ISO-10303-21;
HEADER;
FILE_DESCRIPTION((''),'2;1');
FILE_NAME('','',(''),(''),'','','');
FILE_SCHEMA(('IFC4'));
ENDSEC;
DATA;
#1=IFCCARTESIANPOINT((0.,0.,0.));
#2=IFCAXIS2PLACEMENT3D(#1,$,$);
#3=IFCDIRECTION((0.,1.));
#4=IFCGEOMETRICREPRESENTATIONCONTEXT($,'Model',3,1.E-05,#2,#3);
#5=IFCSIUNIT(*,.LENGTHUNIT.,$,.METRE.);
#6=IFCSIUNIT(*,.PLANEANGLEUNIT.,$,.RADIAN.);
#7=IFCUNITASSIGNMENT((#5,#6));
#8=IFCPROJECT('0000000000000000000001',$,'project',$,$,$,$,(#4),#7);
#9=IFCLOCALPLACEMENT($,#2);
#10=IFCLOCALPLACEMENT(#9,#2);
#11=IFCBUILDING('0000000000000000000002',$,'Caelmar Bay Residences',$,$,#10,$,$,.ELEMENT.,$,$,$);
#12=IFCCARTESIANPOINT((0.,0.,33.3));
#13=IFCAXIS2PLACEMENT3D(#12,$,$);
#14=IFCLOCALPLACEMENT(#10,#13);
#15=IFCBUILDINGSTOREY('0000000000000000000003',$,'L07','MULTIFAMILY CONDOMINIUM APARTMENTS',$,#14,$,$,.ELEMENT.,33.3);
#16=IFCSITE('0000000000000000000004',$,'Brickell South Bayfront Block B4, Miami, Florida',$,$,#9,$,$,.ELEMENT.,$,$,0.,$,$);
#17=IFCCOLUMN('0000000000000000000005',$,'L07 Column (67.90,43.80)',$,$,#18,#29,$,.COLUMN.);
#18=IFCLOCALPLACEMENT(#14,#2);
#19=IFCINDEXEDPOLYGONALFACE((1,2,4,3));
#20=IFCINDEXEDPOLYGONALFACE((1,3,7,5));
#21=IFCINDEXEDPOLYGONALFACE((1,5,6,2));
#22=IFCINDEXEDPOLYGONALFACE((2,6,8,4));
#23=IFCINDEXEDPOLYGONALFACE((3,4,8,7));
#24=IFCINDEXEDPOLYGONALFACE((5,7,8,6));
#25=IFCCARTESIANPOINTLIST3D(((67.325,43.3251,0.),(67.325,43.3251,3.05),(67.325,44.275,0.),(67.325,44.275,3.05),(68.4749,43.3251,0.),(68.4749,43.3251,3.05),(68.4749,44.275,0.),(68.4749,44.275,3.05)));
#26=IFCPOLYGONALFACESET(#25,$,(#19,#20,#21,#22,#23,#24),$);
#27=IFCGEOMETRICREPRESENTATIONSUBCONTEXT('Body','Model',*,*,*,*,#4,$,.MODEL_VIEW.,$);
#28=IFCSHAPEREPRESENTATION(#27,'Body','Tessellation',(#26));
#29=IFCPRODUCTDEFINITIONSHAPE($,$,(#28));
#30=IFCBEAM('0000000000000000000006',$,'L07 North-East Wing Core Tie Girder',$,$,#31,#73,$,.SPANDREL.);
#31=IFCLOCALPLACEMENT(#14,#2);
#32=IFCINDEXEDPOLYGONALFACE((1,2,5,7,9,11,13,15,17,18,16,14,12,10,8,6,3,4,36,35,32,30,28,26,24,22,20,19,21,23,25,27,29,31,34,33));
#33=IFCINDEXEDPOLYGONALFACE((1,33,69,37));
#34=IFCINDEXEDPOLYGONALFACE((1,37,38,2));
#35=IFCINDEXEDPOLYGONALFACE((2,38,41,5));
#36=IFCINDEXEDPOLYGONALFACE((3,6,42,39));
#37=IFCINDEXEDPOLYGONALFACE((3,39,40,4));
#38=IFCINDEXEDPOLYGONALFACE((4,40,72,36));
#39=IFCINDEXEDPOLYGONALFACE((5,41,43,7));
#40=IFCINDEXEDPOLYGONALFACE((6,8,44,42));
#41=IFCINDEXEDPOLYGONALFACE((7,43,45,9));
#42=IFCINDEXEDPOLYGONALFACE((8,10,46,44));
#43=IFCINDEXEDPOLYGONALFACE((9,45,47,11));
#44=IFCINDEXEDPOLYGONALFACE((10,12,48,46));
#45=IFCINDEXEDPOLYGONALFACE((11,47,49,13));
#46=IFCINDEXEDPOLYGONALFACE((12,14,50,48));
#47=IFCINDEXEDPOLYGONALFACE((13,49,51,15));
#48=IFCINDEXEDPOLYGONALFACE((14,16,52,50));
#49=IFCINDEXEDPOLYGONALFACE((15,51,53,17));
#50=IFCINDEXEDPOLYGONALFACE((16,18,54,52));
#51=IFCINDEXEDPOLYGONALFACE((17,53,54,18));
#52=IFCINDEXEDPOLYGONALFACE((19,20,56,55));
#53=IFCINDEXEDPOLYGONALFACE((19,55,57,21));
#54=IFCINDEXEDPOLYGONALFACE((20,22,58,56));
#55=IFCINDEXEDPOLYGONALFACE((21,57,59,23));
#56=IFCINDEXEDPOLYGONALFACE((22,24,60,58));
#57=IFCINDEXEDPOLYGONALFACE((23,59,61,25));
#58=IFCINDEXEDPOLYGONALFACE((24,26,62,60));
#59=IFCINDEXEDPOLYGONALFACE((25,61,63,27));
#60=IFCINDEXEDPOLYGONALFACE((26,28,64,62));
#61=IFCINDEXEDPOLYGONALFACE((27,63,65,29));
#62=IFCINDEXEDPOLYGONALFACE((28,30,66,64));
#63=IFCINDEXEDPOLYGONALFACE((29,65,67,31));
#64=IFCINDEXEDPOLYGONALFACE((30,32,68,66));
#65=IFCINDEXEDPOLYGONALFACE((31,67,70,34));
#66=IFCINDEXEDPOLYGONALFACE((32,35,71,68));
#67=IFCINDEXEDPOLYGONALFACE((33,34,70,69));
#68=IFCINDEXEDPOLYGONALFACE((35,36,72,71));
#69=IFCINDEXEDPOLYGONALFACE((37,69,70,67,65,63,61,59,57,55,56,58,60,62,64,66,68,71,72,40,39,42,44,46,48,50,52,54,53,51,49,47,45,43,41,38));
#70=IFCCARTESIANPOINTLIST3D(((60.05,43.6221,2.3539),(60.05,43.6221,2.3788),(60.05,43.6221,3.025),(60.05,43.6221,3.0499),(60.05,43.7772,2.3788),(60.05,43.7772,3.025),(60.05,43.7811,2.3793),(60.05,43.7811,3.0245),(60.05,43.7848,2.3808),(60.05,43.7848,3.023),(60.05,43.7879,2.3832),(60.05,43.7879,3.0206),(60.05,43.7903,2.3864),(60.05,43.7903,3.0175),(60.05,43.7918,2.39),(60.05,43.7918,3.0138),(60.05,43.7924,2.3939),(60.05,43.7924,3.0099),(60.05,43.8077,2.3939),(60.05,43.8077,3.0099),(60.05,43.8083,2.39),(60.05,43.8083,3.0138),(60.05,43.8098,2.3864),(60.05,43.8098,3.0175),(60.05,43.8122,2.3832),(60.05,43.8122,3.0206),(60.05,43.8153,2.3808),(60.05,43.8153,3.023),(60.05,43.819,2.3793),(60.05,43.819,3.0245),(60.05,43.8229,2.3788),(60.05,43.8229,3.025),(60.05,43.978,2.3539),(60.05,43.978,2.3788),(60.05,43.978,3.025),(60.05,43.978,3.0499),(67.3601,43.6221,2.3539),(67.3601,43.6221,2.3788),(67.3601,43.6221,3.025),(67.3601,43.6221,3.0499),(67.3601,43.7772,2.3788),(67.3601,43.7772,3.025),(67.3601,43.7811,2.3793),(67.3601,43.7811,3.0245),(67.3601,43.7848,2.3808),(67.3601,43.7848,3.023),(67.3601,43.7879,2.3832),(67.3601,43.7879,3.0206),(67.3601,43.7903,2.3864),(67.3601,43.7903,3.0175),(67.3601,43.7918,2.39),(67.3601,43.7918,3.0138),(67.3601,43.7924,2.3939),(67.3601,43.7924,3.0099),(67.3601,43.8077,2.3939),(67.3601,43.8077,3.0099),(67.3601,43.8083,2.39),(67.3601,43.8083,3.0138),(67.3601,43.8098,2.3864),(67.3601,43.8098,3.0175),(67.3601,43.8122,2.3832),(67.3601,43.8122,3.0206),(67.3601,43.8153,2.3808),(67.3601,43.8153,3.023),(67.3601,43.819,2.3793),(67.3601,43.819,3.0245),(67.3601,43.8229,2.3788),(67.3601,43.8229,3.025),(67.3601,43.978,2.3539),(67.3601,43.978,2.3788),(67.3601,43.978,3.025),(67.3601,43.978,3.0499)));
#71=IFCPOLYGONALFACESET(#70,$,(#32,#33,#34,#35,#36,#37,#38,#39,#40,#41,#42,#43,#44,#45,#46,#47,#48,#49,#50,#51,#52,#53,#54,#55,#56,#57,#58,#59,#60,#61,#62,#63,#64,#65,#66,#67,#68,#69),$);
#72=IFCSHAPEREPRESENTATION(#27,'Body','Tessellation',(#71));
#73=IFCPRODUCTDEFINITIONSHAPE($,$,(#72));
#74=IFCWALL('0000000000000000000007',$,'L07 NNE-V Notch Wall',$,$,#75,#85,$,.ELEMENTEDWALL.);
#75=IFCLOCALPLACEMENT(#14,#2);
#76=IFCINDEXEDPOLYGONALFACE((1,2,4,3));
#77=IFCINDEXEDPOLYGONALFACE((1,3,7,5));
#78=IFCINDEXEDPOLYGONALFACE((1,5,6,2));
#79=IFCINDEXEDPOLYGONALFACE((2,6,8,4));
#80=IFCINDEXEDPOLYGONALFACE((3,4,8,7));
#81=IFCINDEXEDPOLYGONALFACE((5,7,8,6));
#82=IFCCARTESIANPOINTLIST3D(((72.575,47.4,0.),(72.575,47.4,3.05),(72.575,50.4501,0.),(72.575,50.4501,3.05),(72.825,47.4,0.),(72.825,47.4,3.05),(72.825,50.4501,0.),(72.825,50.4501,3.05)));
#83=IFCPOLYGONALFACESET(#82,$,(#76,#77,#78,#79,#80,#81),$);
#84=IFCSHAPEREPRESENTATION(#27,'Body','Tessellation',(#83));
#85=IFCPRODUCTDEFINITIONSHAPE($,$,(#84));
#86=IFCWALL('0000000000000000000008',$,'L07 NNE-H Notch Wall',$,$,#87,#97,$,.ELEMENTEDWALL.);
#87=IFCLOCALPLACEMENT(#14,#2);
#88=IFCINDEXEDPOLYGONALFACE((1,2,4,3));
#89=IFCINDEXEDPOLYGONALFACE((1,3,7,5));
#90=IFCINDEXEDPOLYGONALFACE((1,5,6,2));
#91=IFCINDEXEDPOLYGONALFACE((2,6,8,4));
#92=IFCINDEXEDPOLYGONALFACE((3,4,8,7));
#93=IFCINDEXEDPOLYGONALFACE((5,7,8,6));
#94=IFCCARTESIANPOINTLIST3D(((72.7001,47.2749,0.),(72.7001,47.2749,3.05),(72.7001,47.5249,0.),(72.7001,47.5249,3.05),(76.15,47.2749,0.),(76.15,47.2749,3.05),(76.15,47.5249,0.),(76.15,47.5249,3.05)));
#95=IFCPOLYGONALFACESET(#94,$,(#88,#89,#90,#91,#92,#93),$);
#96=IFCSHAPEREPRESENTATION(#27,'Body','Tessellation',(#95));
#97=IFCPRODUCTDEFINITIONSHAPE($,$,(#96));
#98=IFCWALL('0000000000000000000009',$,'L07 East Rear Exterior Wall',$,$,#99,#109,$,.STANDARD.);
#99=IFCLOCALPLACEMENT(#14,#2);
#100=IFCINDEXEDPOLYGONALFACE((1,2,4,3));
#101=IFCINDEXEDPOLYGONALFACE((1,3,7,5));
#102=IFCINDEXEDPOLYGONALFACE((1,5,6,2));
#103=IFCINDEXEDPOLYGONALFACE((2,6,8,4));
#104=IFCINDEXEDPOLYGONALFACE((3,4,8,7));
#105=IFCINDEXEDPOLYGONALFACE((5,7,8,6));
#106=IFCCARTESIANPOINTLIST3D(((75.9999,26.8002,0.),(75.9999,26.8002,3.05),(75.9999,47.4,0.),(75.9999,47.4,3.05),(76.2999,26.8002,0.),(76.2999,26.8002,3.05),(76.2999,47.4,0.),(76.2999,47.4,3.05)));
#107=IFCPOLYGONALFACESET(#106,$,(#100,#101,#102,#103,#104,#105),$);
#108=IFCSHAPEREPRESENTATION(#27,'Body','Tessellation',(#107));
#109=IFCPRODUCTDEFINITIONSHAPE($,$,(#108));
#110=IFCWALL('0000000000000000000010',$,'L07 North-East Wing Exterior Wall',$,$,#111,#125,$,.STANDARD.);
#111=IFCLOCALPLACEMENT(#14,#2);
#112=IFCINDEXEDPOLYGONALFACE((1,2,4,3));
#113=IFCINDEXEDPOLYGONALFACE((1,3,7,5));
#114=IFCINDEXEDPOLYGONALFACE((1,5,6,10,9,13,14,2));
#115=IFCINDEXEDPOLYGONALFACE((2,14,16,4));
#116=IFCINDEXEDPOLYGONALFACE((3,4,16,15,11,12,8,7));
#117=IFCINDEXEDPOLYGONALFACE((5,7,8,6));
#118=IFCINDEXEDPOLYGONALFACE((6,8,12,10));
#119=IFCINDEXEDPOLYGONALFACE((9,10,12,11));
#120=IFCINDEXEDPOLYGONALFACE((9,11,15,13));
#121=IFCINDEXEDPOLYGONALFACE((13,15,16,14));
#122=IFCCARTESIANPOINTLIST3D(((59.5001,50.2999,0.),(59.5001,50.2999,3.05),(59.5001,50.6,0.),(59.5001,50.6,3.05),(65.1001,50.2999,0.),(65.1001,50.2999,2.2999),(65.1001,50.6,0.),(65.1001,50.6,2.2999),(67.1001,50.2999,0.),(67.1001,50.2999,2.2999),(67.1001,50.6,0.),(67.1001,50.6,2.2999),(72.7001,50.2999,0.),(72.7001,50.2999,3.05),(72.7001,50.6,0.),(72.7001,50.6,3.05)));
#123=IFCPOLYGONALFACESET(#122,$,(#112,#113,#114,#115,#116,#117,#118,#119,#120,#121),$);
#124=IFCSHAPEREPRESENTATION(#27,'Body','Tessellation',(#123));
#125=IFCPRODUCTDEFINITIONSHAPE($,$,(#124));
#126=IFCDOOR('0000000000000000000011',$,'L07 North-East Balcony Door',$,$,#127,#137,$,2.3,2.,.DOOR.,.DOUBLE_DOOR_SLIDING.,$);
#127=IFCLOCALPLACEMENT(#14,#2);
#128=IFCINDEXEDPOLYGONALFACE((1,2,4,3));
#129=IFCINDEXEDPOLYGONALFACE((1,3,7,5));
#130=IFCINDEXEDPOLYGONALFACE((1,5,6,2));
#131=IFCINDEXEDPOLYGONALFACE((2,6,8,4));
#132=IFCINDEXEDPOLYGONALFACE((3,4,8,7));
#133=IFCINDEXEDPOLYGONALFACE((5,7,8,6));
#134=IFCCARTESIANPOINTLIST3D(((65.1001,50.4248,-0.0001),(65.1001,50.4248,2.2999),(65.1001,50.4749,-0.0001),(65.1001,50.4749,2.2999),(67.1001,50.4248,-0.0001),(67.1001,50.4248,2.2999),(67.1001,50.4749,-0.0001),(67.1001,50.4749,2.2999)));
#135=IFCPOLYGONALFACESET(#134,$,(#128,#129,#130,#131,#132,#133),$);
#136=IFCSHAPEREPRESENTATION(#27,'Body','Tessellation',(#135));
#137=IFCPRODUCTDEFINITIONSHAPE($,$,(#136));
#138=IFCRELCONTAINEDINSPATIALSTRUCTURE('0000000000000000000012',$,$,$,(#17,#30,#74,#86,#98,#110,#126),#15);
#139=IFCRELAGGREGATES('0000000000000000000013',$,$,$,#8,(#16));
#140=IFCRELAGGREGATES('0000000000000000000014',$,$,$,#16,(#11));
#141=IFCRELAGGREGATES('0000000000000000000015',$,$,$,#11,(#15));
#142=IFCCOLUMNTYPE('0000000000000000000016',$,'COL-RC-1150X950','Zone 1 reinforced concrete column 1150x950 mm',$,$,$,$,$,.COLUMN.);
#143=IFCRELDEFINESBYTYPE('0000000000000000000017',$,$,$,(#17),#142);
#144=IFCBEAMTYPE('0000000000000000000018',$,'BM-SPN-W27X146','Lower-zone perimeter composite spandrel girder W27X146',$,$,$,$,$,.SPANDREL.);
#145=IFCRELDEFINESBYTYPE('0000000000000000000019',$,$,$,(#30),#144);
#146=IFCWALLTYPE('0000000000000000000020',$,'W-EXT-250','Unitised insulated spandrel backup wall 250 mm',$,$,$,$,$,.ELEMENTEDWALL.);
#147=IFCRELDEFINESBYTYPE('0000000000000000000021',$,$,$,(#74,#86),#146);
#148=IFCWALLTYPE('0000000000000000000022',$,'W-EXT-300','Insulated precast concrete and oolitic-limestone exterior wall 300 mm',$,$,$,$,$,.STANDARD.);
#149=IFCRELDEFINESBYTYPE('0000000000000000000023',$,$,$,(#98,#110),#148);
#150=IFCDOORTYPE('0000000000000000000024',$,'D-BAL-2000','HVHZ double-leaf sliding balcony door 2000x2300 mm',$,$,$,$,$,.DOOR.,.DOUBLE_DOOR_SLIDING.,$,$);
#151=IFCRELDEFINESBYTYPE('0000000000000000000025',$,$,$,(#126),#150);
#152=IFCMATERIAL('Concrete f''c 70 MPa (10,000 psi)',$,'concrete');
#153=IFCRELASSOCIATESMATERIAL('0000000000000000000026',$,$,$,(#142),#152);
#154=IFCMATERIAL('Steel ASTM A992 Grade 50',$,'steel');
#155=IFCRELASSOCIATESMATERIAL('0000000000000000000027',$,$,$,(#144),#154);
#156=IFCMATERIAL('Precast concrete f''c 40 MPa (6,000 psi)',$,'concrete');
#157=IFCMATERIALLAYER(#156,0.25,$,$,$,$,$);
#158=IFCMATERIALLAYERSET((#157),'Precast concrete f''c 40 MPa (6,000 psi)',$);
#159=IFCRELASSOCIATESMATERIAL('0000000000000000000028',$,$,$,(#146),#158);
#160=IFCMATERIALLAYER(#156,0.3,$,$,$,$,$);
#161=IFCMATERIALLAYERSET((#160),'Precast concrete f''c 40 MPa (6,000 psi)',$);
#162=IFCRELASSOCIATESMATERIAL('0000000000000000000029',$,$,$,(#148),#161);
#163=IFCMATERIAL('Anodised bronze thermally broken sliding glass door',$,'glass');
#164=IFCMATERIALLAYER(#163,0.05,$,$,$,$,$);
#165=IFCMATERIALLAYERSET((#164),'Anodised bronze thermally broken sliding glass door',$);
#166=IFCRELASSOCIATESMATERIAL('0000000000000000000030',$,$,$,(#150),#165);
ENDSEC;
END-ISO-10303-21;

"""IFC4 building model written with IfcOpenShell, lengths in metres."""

from ifc_helpers import new_model, si_unit, direction, frame, frame_2d, origin, origin_2d, place, context, subcontext, project, spatial, rectangle, i_section, extrude, material, layer, layer_set, material_profile, profile_set, type_object, element, fill, save


model = new_model("IFC4")

# Units and contexts
model_context = context("Model", 3, precision=1e-05, world=origin(), true_north=direction((0.0, 1.0)))
body_context = subcontext(model_context, "Body", "Model", "MODEL_VIEW")
ifc_project = project(units=[si_unit("LENGTHUNIT", "METRE"), si_unit("PLANEANGLEUNIT", "RADIAN")], contexts=[model_context])

# Site, building, storey
site_placement = place(None, origin())
site = spatial("IfcSite", under=ifc_project, at=site_placement, Name="Brickell South Bayfront Block B4, Miami, Florida", CompositionType="ELEMENT", RefElevation=0.0)
building_placement = place(site_placement, origin())
building = spatial("IfcBuilding", under=site, at=building_placement, Name="Caelmar Bay Residences", CompositionType="ELEMENT")
storey_placement = place(building_placement, frame((0.0, 0.0, 33.3)))
storey = spatial("IfcBuildingStorey", under=building, at=storey_placement, Name="L07", Description="MULTIFAMILY CONDOMINIUM APARTMENTS", CompositionType="ELEMENT", Elevation=33.3)

# Column
ifc_material_1 = material(Name="Concrete f'c 70 MPa (10,000 psi)", Category="concrete")
ifc_material_profile_1 = material_profile(ifc_material_1, rectangle(XDim=1.1499, YDim=0.95, at=origin_2d()), Name="RC-COL-1150X950")
ifc_profile_set_1 = profile_set([ifc_material_profile_1], Name="Concrete f'c 70 MPa (10,000 psi)")
column_type = type_object("IfcColumnType", Name="COL-RC-1150X950", Description="Zone 1 reinforced concrete column 1150x950 mm", PredefinedType="COLUMN", material=ifc_profile_set_1)
column_placement = place(storey_placement, frame((67.8999, 43.8, 0.0), z_axis=(0.0, 0.0, 1.0), x_axis=(1.0, 0.0, 0.0)))
element("IfcColumn", 1, at=column_placement, inside=storey, type_object=column_type, Name="L07 Column (67.90,43.80)", PredefinedType="COLUMN", context=body_context, shape_type="SweptSolid", body=[
    extrude(rectangle(XDim=1.1499, YDim=0.95, at=origin_2d()), origin(), (0.0, 0.0, 1.0), 3.05),
])

# Beam
ifc_material_2 = material(Name="Steel ASTM A992 Grade 50", Category="steel")
ifc_material_profile_2 = material_profile(ifc_material_2, i_section(OverallWidth=0.356, OverallDepth=0.696, WebThickness=0.0154, FlangeThickness=0.0249, FilletRadius=0.0151, at=origin_2d()), Name="W27X146")
ifc_profile_set_2 = profile_set([ifc_material_profile_2], Name="Steel ASTM A992 Grade 50")
beam_type = type_object("IfcBeamType", Name="BM-SPN-W27X146", Description="Lower-zone perimeter composite spandrel girder W27X146", PredefinedType="SPANDREL", material=ifc_profile_set_2)
beam_placement = place(storey_placement, frame((60.05, 43.8, 2.7019), z_axis=(1.0, 0.0, 0.0), x_axis=(0.0, 1.0, 0.0)))
element("IfcBeam", 2, at=beam_placement, inside=storey, type_object=beam_type, Name="L07 North-East Wing Core Tie Girder", PredefinedType="SPANDREL", context=body_context, shape_type="SweptSolid", body=[
    extrude(i_section(OverallWidth=0.356, OverallDepth=0.696, WebThickness=0.0154, FlangeThickness=0.0249, FilletRadius=0.0151, at=origin_2d()), origin(), (0.0, 0.0, 1.0), 7.3101),
])

# Walls
ifc_material_3 = material(Name="Precast concrete f'c 40 MPa (6,000 psi)", Category="concrete")
ifc_layer_1 = layer(ifc_material_3, 0.25)
ifc_layer_set_1 = layer_set([ifc_layer_1], Name="Precast concrete f'c 40 MPa (6,000 psi)")
wall_type_1 = type_object("IfcWallType", Name="W-EXT-250", Description="Unitised insulated spandrel backup wall 250 mm", PredefinedType="ELEMENTEDWALL", material=ifc_layer_set_1)
wall_1_placement = place(storey_placement, frame((72.7, 50.45, 0.0), z_axis=(0.0, 0.0, 1.0), x_axis=(0.0, -1.0, 0.0)))
element("IfcWall", 3, at=wall_1_placement, inside=storey, type_object=wall_type_1, Name="L07 NNE-V Notch Wall", PredefinedType="ELEMENTEDWALL", context=body_context, shape_type="SweptSolid", body=[
    extrude(rectangle(XDim=3.05, YDim=0.25, at=frame_2d((1.5249, 0.0))), origin(), (0.0, 0.0, 1.0), 3.05),
])
wall_2_placement = place(storey_placement, frame((72.7, 47.3999, 0.0), z_axis=(0.0, 0.0, 1.0), x_axis=(1.0, 0.0, 0.0)))
element("IfcWall", 4, at=wall_2_placement, inside=storey, type_object=wall_type_1, Name="L07 NNE-H Notch Wall", PredefinedType="ELEMENTEDWALL", context=body_context, shape_type="SweptSolid", body=[
    extrude(rectangle(XDim=3.45, YDim=0.25, at=frame_2d((1.7251, 0.0))), origin(), (0.0, 0.0, 1.0), 3.05),
])
ifc_layer_2 = layer(ifc_material_3, 0.3)
ifc_layer_set_2 = layer_set([ifc_layer_2], Name="Precast concrete f'c 40 MPa (6,000 psi)")
wall_type_2 = type_object("IfcWallType", Name="W-EXT-300", Description="Insulated precast concrete and oolitic-limestone exterior wall 300 mm", PredefinedType="STANDARD", material=ifc_layer_set_2)
wall_3_placement = place(storey_placement, frame((76.1499, 47.3999, 0.0), z_axis=(0.0, 0.0, 1.0), x_axis=(0.0, -1.0, 0.0)))
element("IfcWall", 5, at=wall_3_placement, inside=storey, type_object=wall_type_2, Name="L07 East Rear Exterior Wall", PredefinedType="STANDARD", context=body_context, shape_type="SweptSolid", body=[
    extrude(rectangle(XDim=20.5999, YDim=0.3, at=frame_2d((10.2998, 0.0))), origin(), (0.0, 0.0, 1.0), 3.05),
])

# Wall, opening, door
wall_4_placement = place(storey_placement, frame((59.5, 50.45, 0.0), z_axis=(0.0, 0.0, 1.0), x_axis=(1.0, 0.0, 0.0)))
wall_4 = element("IfcWall", 6, at=wall_4_placement, inside=storey, type_object=wall_type_2, Name="L07 North-East Wing Exterior Wall", PredefinedType="STANDARD", context=body_context, shape_type="SweptSolid", body=[
    extrude(rectangle(XDim=13.2, YDim=0.3, at=frame_2d((6.6001, 0.0))), origin(), (0.0, 0.0, 1.0), 3.05),
])
opening_1_placement = place(wall_4_placement, frame((5.6001, 0.0, 0.0)))
opening_1 = element("IfcOpeningElement", 7, at=opening_1_placement, cuts=wall_4, PredefinedType="OPENING", context=body_context, shape_type="SweptSolid", body=[
    extrude(rectangle(XDim=2.0, YDim=2.3, at=frame_2d((1.0, 1.1499))), frame((0.0, 0.1599, 0.0), z_axis=(0.0, -1.0, 0.0), x_axis=(1.0, 0.0, 0.0)), (0.0, 0.0, 1.0), 0.3201),
])
ifc_material_4 = material(Name="Anodised bronze thermally broken sliding glass door", Category="glass")
ifc_layer_3 = layer(ifc_material_4, 0.05)
ifc_layer_set_3 = layer_set([ifc_layer_3], Name="Anodised bronze thermally broken sliding glass door")
door_type_1 = type_object("IfcDoorType", Name="D-BAL-2000", Description="HVHZ double-leaf sliding balcony door 2000x2300 mm", OperationType="DOUBLE_DOOR_SLIDING", PredefinedType="DOOR", material=ifc_layer_set_3)
door_1_placement = place(opening_1_placement, origin())
door_1 = element("IfcDoor", 8, at=door_1_placement, inside=storey, type_object=door_type_1, Name="L07 North-East Balcony Door", OperationType="DOUBLE_DOOR_SLIDING", OverallHeight=2.3, OverallWidth=2.0, PredefinedType="DOOR", context=body_context, shape_type="SweptSolid", body=[
    extrude(rectangle(XDim=2.0, YDim=2.3, at=frame_2d((1.0, 1.1499))), frame((0.0, 0.0249, 0.0), z_axis=(0.0, -1.0, 0.0), x_axis=(1.0, 0.0, 0.0)), (0.0, 0.0, 1.0), 0.05),
])
fill(opening_1, door_1)

save(model, "model.ifc")
